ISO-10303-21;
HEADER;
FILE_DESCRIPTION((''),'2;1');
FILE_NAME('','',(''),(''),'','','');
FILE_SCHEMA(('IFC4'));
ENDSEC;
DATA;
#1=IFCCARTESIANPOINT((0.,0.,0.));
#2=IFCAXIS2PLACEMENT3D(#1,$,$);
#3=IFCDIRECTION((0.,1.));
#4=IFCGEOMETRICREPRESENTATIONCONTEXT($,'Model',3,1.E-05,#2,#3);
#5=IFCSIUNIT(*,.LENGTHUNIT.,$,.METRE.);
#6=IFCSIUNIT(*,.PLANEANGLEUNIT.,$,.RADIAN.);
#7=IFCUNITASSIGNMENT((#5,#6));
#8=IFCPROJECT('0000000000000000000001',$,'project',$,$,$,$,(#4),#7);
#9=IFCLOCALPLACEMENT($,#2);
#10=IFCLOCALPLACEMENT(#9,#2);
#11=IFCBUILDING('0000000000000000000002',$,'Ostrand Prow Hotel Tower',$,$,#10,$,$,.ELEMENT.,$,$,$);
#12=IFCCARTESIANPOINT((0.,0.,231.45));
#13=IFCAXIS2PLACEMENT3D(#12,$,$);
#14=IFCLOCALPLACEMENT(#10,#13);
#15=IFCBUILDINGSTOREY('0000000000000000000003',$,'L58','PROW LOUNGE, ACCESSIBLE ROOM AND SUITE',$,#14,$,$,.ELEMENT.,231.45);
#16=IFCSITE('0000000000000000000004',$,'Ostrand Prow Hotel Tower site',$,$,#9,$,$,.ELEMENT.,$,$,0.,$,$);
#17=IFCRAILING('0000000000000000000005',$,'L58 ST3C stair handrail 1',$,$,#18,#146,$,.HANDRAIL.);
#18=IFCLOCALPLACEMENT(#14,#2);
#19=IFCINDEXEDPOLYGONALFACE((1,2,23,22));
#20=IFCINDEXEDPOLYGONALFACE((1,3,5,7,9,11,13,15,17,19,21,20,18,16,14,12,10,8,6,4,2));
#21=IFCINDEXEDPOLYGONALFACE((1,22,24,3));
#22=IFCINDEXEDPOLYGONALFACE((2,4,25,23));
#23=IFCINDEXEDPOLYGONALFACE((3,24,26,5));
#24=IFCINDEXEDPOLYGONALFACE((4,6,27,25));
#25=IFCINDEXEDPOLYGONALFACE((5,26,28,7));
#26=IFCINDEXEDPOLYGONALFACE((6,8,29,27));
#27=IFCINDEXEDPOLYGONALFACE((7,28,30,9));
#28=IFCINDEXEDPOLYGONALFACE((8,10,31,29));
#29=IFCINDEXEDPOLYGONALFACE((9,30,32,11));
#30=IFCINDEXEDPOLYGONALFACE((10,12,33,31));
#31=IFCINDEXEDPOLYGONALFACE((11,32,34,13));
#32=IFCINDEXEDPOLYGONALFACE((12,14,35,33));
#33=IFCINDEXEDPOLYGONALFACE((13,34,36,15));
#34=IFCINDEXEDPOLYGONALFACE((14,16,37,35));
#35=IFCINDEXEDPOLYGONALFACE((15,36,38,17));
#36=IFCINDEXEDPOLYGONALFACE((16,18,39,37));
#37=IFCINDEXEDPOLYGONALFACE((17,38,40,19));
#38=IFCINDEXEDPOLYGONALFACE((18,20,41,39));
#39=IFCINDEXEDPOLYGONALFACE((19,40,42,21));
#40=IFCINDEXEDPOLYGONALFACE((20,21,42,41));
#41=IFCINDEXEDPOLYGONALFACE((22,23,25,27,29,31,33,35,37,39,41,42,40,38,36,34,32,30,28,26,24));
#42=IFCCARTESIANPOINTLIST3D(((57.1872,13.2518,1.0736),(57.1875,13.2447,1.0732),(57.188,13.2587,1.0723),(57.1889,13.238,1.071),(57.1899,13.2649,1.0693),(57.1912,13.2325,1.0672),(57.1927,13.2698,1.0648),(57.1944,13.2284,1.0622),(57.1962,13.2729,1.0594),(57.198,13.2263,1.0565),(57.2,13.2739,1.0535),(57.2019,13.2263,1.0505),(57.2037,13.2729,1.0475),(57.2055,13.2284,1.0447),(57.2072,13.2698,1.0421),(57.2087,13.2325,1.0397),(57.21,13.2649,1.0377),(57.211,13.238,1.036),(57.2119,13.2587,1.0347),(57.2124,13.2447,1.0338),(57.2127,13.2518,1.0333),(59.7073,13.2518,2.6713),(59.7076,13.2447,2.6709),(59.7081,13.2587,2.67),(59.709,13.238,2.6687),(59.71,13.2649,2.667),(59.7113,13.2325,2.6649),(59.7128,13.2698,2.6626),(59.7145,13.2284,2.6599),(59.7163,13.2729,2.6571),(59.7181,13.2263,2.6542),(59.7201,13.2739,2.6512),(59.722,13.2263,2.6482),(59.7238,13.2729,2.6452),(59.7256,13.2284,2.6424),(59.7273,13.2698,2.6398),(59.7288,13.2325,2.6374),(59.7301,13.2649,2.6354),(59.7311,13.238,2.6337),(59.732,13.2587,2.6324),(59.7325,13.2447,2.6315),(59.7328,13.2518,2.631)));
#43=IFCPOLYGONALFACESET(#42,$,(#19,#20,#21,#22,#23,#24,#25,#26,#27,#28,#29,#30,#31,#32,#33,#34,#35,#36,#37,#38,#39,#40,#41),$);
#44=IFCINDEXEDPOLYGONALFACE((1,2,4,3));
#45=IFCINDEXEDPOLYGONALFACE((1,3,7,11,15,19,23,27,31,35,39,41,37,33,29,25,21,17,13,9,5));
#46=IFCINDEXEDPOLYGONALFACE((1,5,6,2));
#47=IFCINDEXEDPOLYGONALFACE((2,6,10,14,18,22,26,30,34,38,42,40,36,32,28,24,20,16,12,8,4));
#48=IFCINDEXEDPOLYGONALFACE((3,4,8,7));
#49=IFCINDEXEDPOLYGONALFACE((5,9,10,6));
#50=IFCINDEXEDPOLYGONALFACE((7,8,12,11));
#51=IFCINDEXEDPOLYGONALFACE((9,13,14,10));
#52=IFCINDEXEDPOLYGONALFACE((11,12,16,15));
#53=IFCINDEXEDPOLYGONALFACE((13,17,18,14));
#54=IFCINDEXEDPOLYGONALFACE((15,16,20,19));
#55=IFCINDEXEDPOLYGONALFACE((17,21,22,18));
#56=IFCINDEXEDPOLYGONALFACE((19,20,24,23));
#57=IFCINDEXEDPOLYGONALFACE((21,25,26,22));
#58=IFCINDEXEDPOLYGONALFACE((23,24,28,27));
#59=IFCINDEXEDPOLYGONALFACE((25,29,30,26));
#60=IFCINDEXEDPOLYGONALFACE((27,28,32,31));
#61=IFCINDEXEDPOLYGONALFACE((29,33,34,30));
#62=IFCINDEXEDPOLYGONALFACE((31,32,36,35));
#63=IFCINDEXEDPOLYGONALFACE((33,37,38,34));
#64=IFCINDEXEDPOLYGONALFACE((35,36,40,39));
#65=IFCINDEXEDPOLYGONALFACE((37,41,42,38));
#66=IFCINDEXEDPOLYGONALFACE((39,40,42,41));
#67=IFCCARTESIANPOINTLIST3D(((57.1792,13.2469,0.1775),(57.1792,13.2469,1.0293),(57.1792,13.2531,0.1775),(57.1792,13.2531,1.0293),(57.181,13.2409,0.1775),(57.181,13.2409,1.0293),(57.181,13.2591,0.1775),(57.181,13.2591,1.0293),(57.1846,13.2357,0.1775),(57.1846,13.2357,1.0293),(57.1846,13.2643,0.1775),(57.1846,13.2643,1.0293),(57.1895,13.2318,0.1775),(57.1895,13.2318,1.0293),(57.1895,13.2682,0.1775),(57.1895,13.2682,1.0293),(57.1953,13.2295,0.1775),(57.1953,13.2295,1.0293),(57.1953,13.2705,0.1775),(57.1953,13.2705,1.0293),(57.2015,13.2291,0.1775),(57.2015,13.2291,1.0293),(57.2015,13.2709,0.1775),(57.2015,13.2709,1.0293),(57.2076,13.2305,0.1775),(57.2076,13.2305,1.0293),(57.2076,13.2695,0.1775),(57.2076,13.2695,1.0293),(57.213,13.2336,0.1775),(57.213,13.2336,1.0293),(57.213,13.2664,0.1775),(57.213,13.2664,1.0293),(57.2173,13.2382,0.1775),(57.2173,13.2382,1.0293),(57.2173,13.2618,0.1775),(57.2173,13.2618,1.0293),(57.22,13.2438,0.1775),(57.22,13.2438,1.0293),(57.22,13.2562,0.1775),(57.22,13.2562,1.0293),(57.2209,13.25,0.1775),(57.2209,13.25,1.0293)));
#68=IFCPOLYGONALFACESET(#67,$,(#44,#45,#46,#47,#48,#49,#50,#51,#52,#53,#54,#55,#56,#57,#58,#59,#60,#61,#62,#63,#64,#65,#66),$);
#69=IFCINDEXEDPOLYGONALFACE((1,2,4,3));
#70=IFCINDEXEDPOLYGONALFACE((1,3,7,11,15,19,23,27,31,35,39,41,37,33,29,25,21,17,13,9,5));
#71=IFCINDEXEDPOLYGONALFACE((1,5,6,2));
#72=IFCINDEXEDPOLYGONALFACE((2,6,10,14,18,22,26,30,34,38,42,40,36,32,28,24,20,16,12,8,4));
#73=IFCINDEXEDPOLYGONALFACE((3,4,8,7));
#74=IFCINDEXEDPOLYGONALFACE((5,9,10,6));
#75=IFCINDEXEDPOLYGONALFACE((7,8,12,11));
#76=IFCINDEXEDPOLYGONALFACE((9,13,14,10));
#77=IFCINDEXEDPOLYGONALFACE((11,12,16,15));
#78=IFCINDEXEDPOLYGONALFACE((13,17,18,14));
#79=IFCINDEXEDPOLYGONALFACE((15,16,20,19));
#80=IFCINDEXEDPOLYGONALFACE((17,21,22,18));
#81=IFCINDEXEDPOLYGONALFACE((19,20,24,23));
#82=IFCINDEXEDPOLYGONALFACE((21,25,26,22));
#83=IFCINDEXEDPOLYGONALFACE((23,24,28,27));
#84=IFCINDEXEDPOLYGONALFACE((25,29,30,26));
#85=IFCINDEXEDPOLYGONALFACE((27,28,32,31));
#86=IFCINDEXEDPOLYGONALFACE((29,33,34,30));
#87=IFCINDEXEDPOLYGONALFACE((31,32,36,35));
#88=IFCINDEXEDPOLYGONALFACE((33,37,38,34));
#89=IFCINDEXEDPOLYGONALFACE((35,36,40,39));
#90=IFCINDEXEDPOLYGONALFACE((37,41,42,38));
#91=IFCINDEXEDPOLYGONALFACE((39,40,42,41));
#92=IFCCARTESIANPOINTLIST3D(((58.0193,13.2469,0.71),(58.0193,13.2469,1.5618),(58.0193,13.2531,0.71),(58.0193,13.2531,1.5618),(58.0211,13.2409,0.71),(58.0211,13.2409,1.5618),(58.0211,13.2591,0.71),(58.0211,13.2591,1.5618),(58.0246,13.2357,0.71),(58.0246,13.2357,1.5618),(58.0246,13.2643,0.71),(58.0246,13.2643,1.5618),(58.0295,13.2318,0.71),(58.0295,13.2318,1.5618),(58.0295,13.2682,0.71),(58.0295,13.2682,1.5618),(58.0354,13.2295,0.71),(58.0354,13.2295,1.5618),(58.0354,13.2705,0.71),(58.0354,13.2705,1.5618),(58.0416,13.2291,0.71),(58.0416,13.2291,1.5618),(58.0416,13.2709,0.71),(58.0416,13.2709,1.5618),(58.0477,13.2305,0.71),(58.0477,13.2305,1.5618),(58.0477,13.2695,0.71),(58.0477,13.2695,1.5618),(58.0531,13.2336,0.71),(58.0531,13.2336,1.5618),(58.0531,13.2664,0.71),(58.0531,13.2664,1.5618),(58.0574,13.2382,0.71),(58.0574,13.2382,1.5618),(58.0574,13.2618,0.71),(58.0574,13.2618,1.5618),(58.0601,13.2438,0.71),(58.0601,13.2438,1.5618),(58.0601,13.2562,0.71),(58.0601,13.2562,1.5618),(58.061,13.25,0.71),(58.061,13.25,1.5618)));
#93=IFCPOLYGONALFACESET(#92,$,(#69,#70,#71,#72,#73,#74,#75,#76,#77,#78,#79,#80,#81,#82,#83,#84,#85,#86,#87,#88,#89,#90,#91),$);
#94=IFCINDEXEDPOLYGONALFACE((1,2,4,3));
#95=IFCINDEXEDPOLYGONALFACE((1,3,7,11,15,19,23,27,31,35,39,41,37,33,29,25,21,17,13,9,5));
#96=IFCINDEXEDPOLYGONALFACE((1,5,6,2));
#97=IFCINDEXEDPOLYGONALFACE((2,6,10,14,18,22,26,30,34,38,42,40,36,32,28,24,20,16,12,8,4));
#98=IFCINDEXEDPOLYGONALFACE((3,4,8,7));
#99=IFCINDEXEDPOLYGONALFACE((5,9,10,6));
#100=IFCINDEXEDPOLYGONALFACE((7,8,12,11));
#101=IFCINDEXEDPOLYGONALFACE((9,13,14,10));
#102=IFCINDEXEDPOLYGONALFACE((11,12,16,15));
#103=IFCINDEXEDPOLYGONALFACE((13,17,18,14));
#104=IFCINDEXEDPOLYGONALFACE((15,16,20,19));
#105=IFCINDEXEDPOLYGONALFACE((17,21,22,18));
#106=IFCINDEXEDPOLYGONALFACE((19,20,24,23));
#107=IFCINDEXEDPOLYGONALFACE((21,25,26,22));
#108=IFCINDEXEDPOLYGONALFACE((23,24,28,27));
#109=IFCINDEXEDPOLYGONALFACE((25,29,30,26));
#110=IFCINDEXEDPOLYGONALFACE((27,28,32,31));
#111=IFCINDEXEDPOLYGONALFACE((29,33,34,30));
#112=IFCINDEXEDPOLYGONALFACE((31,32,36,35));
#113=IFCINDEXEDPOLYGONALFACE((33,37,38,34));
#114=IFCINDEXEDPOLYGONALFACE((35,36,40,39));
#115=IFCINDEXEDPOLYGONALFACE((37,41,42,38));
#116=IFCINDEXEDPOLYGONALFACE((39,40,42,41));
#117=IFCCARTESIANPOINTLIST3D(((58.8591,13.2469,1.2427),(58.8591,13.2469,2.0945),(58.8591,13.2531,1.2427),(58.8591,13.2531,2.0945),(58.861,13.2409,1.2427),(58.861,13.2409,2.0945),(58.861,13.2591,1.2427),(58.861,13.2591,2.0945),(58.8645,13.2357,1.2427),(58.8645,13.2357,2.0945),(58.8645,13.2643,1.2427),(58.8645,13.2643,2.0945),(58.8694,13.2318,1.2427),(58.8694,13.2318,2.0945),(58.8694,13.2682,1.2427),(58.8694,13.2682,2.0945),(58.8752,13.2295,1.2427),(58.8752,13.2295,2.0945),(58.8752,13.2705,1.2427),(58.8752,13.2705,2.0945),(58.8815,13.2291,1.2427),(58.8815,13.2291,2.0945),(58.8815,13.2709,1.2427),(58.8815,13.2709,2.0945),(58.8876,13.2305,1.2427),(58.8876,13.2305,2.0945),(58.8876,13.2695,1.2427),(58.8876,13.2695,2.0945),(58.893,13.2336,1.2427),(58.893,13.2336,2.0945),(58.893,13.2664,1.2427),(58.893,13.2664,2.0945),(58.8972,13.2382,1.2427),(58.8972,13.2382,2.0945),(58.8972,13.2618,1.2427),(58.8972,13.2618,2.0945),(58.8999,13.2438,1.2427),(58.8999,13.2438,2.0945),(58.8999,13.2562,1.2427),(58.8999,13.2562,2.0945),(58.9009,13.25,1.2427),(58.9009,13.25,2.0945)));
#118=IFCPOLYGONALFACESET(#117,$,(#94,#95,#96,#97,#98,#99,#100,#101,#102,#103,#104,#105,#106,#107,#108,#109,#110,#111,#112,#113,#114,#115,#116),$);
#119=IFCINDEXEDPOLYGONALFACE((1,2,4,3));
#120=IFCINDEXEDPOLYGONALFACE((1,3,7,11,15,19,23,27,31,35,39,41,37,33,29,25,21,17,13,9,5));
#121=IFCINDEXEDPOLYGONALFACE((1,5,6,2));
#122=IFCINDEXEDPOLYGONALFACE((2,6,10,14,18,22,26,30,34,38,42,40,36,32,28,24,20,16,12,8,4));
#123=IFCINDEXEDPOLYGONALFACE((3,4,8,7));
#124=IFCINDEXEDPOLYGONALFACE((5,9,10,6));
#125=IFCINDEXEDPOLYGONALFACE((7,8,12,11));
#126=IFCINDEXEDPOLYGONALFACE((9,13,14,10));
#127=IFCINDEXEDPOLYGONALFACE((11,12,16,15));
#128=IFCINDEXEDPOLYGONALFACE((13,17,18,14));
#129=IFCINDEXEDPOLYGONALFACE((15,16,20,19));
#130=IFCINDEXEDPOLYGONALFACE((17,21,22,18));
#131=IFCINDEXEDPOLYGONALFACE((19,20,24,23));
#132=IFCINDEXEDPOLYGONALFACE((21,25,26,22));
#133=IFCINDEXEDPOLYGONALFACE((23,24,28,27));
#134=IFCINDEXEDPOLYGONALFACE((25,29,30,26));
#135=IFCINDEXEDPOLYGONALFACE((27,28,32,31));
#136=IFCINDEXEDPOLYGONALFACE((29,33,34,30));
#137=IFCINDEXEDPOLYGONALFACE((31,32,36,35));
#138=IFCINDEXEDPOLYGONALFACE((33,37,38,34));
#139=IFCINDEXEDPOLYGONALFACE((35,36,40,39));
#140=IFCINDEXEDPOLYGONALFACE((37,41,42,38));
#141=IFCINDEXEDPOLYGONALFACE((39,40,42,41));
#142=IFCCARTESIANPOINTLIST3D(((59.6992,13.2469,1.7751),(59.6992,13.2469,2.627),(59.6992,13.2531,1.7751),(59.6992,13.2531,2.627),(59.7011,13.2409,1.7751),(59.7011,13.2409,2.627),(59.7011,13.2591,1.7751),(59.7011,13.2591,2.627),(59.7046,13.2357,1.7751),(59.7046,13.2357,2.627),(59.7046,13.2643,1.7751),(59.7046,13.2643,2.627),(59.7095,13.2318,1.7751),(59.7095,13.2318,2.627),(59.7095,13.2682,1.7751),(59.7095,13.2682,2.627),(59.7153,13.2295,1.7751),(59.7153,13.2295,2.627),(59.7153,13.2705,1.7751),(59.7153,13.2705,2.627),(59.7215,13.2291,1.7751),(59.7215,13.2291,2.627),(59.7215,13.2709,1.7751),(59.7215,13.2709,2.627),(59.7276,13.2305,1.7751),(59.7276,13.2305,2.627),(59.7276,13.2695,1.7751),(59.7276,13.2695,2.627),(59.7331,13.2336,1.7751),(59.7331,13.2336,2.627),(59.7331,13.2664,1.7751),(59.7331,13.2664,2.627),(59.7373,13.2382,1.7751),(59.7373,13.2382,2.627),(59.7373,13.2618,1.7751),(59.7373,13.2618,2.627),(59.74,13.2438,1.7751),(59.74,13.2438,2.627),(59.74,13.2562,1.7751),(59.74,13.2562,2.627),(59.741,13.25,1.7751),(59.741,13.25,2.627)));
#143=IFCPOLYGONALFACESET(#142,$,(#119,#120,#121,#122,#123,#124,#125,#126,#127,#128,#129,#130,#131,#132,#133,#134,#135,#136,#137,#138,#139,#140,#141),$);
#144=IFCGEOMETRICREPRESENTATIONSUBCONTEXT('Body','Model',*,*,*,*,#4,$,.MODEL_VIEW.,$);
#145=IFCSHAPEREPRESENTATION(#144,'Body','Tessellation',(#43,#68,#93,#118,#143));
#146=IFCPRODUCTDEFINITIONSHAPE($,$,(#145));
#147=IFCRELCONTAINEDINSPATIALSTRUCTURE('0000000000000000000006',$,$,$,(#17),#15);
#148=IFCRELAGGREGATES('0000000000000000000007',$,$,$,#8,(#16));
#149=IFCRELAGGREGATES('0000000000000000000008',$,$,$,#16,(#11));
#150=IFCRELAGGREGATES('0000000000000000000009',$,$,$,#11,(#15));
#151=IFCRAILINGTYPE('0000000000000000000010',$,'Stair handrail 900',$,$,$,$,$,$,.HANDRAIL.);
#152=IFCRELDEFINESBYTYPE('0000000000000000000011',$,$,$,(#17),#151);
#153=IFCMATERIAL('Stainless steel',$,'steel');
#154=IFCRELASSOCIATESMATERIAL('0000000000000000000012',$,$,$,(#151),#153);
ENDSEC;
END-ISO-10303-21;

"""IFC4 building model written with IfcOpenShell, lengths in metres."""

from ifc_helpers import new_model, si_unit, direction, frame, origin, origin_2d, place, context, subcontext, project, spatial, circle, extrude, material, type_object, element, save


model = new_model("IFC4")

# Units and contexts
model_context = context("Model", 3, precision=1e-05, world=origin(), true_north=direction((0.0, 1.0)))
body_context = subcontext(model_context, "Body", "Model", "MODEL_VIEW")
ifc_project = project(units=[si_unit("LENGTHUNIT", "METRE"), si_unit("PLANEANGLEUNIT", "RADIAN")], contexts=[model_context])

# Site, building, storey
site_placement = place(None, origin())
site = spatial("IfcSite", under=ifc_project, at=site_placement, Name="Ostrand Prow Hotel Tower site", CompositionType="ELEMENT", RefElevation=0.0)
building_placement = place(site_placement, origin())
building = spatial("IfcBuilding", under=site, at=building_placement, Name="Ostrand Prow Hotel Tower", CompositionType="ELEMENT")
storey_placement = place(building_placement, frame((0.0, 0.0, 231.45)))
storey = spatial("IfcBuildingStorey", under=building, at=storey_placement, Name="L58", Description="PROW LOUNGE, ACCESSIBLE ROOM AND SUITE", CompositionType="ELEMENT", Elevation=231.45)

# Railing
ifc_material_1 = material(Name="Stainless steel", Category="steel")
railing_type_1 = type_object("IfcRailingType", Name="Stair handrail 900", PredefinedType="HANDRAIL", material=ifc_material_1)
railing_1_placement = place(storey_placement, frame((57.2, 13.25, 0.1775)))
element("IfcRailing", 1, at=railing_1_placement, inside=storey, type_object=railing_type_1, Name="L58 ST3C stair handrail 1", PredefinedType="HANDRAIL", context=body_context, shape_type="SweptSolid", body=[
    extrude(circle(Radius=0.0239, at=origin_2d()), frame((0.0, 0.0, 0.876), z_axis=(0.84457, 0.0, 0.535445), x_axis=(0.0, 1.0, 0.0)), (0.0, 0.0, 1.0), 2.9839),
    extrude(circle(Radius=0.021, at=origin_2d()), origin(), (0.0, 0.0, 1.0), 0.8518),
    extrude(circle(Radius=0.021, at=origin_2d()), frame((0.8401, 0.0, 0.5325)), (0.0, 0.0, 1.0), 0.8518),
    extrude(circle(Radius=0.021, at=origin_2d()), frame((1.6799, 0.0, 1.0652)), (0.0, 0.0, 1.0), 0.8518),
    extrude(circle(Radius=0.021, at=origin_2d()), frame((2.52, 0.0, 1.5977)), (0.0, 0.0, 1.0), 0.8518),
])

save(model, "model.ifc")
